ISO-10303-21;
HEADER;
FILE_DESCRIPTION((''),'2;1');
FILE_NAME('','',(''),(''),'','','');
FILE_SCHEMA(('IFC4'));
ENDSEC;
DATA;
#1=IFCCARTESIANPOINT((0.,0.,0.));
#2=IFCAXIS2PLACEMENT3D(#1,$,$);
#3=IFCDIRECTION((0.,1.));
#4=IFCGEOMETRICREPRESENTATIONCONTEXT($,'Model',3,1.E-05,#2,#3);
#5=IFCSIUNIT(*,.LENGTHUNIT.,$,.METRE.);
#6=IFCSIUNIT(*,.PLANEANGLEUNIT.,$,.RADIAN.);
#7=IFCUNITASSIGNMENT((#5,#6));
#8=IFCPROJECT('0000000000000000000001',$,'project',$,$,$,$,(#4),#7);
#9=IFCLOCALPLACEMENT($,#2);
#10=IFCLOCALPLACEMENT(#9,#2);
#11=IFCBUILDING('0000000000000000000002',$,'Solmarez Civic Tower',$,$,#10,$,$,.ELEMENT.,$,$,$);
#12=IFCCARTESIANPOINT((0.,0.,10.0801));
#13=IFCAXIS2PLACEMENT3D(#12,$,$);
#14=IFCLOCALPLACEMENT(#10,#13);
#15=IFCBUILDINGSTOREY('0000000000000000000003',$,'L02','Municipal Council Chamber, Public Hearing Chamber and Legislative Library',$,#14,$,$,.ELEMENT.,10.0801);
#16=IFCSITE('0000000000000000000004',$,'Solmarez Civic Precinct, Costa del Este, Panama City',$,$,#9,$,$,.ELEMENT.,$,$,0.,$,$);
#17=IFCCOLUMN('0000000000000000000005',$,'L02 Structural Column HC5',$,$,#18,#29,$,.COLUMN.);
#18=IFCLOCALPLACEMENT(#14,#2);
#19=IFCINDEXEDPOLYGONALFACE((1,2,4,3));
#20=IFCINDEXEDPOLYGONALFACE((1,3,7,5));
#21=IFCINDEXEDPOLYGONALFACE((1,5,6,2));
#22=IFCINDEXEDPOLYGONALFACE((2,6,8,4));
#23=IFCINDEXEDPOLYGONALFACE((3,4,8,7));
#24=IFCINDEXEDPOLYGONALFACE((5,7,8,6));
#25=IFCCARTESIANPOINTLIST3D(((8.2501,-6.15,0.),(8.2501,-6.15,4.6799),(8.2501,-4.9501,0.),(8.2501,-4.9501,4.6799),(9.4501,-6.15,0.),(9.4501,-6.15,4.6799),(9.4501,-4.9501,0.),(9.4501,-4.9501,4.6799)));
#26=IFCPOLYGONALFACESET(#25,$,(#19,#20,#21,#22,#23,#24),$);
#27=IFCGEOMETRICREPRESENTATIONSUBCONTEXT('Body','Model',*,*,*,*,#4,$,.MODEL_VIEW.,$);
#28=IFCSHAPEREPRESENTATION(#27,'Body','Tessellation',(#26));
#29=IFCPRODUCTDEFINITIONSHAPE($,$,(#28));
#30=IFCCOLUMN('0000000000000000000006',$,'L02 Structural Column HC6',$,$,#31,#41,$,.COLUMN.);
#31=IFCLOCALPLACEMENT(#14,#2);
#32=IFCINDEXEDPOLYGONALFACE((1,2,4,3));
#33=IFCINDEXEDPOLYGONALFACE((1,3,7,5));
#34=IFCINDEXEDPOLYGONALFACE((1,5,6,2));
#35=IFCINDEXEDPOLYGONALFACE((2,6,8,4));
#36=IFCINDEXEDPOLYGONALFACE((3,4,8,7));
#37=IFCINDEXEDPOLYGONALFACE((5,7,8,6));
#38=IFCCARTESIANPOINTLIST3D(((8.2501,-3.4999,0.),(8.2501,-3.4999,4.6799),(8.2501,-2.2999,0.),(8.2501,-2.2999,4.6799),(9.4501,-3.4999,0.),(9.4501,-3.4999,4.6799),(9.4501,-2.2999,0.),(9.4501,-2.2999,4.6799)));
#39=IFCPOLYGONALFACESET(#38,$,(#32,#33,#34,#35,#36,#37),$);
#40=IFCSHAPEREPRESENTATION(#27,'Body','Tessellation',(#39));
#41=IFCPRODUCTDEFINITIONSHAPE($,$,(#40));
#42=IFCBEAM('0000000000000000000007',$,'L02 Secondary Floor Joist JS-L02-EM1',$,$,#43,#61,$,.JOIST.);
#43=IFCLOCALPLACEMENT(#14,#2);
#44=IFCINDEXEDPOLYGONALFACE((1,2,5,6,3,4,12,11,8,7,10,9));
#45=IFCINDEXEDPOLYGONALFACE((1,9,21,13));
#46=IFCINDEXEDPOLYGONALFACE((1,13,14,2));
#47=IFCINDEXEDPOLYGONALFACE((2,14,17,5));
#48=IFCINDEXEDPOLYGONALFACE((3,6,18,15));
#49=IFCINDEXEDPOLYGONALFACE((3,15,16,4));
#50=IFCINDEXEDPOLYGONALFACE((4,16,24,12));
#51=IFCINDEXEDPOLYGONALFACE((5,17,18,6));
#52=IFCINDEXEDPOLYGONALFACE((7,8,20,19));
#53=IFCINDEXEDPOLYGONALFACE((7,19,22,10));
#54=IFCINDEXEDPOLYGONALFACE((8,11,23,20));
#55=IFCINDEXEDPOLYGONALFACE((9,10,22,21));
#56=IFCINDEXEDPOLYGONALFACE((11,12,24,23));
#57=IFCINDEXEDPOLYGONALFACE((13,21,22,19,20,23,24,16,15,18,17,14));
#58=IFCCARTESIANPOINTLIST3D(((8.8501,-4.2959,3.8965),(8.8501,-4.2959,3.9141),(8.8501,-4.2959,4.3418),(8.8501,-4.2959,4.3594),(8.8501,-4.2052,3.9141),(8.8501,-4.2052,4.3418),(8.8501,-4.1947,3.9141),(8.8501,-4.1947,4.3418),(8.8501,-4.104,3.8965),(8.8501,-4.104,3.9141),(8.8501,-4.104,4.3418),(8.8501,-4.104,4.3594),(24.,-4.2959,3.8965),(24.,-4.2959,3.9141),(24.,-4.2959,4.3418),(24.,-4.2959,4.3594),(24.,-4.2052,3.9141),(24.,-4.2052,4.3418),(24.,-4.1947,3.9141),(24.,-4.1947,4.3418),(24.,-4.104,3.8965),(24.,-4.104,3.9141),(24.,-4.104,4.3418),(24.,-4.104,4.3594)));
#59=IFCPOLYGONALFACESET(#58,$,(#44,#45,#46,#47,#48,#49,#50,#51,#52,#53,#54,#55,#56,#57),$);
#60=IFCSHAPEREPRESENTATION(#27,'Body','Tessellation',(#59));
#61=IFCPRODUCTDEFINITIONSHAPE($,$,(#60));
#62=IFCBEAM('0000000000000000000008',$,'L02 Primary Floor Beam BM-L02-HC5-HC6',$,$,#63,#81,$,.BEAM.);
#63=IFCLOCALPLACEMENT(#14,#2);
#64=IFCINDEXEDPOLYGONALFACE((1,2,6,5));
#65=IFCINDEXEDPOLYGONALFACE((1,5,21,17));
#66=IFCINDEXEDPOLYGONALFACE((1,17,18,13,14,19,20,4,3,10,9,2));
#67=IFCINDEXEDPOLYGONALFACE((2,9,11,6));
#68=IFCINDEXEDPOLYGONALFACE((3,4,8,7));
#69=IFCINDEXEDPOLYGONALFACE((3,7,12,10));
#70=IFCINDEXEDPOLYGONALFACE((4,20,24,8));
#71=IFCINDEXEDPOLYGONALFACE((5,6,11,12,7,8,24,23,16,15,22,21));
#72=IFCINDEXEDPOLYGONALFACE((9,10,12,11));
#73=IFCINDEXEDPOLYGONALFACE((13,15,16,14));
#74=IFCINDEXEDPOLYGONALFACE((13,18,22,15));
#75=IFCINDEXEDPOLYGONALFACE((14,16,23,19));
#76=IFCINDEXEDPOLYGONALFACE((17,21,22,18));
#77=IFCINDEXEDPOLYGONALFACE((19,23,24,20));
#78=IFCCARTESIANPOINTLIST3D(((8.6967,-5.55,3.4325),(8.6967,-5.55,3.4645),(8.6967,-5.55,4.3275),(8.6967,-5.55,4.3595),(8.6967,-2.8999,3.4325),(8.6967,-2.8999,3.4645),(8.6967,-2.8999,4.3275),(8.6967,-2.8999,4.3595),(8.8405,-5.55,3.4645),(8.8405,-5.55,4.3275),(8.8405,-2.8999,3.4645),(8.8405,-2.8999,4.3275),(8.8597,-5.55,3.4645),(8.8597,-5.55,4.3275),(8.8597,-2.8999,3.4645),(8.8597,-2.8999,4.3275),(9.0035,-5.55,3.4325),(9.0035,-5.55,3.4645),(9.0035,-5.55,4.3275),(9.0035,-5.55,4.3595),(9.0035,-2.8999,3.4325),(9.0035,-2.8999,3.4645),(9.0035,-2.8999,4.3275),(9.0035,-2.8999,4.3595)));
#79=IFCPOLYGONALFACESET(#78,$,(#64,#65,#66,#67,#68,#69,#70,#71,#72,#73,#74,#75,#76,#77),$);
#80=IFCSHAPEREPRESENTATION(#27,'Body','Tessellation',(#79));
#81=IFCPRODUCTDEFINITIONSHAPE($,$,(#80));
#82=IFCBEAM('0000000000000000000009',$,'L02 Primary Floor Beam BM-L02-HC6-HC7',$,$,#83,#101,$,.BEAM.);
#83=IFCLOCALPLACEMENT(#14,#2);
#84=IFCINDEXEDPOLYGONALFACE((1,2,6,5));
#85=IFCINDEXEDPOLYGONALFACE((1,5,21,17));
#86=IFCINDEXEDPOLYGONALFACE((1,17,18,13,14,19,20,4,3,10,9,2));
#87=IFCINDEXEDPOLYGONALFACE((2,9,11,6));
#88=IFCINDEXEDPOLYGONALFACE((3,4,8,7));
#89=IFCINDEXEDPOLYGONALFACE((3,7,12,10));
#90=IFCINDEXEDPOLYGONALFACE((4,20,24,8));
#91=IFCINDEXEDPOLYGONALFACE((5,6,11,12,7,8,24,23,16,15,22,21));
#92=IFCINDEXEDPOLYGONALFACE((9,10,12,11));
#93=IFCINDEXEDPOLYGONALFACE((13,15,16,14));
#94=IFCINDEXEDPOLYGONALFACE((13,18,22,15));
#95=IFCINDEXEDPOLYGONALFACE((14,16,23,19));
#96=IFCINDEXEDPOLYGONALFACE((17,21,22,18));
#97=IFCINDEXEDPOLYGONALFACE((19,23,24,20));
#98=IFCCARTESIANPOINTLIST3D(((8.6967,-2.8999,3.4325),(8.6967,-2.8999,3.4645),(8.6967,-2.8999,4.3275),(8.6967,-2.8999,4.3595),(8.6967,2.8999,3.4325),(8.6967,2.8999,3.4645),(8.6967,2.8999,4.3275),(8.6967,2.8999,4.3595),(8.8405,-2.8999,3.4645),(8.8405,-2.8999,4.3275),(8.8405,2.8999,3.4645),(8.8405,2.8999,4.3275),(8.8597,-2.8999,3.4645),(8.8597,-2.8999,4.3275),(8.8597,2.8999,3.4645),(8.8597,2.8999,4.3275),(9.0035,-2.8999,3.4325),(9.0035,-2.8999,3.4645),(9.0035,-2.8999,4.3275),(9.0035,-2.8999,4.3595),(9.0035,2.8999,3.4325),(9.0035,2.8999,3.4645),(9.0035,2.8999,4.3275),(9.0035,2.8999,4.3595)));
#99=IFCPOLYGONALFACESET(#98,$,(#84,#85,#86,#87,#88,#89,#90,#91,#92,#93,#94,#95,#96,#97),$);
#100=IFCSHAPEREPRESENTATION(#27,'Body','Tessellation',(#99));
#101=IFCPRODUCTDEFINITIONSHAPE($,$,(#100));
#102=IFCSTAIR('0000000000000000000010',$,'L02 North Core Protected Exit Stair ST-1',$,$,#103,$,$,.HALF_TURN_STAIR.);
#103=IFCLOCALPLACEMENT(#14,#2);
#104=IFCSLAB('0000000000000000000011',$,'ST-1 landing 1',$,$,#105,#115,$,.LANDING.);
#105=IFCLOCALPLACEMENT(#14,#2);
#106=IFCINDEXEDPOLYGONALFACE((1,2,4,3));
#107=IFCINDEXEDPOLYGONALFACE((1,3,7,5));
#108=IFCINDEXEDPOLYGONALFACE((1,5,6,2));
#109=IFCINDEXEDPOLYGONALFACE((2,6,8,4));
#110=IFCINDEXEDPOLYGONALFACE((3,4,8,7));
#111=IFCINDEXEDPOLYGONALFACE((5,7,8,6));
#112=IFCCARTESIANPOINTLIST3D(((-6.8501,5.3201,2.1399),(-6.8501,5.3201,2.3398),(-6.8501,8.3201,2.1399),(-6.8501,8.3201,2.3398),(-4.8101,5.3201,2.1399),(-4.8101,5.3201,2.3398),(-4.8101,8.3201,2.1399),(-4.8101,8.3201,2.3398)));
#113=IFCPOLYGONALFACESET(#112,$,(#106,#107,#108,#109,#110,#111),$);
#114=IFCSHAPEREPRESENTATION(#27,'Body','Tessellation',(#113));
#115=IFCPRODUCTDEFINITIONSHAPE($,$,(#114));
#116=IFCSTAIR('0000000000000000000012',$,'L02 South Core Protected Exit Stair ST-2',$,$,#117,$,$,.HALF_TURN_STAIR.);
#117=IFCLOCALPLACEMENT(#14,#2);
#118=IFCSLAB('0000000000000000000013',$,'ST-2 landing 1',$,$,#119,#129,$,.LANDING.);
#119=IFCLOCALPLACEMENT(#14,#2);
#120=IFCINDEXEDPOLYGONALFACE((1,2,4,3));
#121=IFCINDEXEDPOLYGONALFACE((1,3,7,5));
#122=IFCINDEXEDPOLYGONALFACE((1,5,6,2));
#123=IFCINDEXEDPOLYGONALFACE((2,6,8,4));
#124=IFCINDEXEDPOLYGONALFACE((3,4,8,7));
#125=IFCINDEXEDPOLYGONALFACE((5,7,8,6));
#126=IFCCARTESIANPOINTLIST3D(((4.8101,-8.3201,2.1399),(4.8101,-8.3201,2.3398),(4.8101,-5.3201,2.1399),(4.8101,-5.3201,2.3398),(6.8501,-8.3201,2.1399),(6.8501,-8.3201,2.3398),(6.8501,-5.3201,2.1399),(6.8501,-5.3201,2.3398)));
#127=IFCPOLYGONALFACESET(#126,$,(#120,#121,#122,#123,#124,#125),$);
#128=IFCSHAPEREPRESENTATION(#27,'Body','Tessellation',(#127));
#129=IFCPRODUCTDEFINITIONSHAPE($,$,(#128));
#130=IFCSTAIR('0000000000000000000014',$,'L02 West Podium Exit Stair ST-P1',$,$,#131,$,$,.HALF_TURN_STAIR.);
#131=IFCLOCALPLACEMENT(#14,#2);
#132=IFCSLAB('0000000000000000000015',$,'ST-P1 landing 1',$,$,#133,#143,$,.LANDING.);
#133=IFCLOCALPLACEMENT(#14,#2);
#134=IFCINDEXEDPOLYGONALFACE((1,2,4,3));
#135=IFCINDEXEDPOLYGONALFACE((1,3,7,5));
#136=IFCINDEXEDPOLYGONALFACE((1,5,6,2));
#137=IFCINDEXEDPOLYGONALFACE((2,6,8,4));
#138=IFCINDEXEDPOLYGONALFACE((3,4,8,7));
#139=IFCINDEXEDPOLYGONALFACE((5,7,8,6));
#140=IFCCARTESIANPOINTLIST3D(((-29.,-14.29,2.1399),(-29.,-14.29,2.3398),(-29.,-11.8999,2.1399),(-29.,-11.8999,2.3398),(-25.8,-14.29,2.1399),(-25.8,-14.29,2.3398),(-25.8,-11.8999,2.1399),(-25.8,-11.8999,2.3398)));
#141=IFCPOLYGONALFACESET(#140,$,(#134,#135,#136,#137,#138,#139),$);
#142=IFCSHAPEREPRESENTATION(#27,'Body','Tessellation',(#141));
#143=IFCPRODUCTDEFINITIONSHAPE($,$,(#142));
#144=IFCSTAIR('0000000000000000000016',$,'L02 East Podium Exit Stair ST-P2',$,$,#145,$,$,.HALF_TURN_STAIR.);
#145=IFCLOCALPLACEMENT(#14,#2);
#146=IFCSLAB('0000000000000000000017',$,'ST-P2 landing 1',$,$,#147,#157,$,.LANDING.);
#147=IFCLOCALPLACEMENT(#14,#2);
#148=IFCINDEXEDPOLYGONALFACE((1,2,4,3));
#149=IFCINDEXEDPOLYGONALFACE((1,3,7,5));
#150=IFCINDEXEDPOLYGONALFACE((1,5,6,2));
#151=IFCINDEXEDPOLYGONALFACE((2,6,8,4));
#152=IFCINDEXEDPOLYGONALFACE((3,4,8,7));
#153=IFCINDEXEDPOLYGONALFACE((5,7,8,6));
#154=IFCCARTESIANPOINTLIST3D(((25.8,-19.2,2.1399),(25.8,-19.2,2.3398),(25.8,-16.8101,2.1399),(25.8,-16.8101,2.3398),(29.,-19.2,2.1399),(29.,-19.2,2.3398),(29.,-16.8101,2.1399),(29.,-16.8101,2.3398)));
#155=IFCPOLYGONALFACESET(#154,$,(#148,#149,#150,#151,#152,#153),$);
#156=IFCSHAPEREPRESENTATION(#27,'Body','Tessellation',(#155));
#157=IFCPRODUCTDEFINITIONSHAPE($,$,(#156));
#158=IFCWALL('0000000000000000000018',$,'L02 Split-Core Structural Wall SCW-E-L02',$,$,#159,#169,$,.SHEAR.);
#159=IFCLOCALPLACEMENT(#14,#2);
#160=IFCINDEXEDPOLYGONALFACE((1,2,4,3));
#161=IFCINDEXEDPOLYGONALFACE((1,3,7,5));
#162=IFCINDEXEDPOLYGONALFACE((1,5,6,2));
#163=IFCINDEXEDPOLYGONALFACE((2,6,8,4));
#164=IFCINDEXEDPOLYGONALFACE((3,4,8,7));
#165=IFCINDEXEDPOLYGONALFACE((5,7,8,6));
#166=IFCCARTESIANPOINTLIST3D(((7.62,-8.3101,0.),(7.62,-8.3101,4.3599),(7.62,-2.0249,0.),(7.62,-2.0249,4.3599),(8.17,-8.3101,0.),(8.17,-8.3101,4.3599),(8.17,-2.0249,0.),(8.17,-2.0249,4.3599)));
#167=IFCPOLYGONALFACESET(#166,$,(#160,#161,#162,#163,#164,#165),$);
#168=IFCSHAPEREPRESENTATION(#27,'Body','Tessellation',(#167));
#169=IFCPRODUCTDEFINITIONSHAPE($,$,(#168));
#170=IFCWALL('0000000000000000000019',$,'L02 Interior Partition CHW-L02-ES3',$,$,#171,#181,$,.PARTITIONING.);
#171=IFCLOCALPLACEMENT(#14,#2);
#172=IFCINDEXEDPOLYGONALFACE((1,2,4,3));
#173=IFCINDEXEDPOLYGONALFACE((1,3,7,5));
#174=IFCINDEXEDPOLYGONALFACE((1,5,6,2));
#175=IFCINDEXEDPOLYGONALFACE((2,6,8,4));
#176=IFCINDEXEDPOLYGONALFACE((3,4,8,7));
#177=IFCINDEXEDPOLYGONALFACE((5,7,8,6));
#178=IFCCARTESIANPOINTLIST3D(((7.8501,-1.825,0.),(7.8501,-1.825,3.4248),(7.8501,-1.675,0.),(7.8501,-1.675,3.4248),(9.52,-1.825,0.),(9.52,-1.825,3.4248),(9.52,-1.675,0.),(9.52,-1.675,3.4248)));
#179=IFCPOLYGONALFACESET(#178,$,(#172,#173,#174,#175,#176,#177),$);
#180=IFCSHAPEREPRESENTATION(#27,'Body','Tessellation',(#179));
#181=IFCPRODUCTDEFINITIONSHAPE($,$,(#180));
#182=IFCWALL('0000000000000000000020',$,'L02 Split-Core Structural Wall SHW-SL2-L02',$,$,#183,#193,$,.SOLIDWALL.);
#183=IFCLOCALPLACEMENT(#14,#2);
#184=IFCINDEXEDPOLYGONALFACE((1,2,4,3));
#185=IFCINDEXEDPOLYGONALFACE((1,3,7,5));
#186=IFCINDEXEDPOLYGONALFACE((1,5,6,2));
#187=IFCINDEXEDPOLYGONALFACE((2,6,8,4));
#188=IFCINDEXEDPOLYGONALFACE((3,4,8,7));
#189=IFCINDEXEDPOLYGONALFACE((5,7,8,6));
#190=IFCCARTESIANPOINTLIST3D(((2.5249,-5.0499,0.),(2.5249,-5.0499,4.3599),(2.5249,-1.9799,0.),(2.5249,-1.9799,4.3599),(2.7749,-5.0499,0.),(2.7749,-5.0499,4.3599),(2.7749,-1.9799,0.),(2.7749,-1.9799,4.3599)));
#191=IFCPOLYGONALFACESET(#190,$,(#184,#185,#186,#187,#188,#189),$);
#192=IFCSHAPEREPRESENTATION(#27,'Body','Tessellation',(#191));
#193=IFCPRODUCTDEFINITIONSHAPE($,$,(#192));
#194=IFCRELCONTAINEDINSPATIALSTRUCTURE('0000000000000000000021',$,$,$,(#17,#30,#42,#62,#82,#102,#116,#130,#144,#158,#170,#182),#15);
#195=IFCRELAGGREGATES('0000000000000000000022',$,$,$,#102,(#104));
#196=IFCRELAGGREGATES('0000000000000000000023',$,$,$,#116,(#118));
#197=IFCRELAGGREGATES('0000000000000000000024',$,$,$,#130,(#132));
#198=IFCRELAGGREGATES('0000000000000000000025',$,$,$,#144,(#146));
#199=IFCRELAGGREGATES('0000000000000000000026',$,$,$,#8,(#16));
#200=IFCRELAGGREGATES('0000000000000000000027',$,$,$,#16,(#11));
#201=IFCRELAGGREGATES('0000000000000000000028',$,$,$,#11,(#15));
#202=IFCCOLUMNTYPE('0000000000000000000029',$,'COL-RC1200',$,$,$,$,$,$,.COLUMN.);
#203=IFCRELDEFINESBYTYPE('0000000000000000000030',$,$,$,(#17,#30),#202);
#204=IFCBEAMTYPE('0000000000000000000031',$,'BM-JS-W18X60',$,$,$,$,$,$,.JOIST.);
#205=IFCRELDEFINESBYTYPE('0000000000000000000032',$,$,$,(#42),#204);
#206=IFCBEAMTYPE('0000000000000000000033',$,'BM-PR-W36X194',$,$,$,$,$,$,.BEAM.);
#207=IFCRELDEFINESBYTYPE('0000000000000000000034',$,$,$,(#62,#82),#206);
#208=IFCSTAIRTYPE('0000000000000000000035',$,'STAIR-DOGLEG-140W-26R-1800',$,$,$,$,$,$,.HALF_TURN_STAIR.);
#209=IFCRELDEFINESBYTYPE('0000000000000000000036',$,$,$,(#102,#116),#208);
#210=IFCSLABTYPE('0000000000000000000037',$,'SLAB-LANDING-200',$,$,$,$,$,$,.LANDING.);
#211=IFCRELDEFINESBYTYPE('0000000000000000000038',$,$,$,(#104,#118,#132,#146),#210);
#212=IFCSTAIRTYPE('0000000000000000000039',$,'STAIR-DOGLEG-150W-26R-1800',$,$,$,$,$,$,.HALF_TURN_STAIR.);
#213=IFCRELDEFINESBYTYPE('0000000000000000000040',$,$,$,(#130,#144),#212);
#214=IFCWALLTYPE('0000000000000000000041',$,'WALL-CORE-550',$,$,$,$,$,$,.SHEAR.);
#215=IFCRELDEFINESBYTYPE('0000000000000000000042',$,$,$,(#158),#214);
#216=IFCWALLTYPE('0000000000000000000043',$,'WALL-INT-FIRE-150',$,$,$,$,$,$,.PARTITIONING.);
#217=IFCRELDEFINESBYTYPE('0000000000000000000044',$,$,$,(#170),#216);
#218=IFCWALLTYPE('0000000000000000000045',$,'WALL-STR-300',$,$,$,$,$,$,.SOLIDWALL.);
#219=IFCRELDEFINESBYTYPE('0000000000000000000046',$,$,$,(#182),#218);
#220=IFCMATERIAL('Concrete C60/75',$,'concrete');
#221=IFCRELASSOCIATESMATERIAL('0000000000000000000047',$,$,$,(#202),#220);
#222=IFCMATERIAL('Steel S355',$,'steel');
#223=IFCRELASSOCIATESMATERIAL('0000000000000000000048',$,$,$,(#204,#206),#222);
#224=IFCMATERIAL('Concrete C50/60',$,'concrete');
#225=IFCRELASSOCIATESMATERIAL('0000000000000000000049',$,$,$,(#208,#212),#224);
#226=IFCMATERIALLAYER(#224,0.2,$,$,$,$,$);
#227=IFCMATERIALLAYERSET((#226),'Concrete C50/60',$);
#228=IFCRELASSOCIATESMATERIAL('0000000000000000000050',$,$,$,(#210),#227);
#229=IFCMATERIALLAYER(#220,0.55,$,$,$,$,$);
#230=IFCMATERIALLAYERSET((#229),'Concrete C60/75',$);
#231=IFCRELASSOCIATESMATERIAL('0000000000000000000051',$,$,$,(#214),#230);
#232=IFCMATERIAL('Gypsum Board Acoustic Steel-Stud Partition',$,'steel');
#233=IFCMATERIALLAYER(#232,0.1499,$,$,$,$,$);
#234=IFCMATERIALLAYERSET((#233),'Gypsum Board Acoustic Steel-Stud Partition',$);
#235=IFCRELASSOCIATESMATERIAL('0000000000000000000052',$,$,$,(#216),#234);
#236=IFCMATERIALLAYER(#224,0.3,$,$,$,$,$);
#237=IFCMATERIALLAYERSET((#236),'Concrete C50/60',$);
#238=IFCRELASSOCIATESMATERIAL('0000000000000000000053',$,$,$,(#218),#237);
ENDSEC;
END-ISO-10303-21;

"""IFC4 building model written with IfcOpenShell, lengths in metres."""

from ifc_helpers import new_model, si_unit, direction, frame, frame_2d, origin, origin_2d, place, context, subcontext, project, spatial, polyline, rectangle, i_section, outline, extrude, material, layer, layer_set, material_profile, profile_set, type_object, element, aggregate, save


model = new_model("IFC4")

# Units and contexts
model_context = context("Model", 3, precision=1e-05, world=origin(), true_north=direction((0.0, 1.0)))
body_context = subcontext(model_context, "Body", "Model", "MODEL_VIEW")
ifc_project = project(units=[si_unit("LENGTHUNIT", "METRE"), si_unit("PLANEANGLEUNIT", "RADIAN")], contexts=[model_context])

# Site, building, storey
site_placement = place(None, origin())
site = spatial("IfcSite", under=ifc_project, at=site_placement, Name="Solmarez Civic Precinct, Costa del Este, Panama City", CompositionType="ELEMENT", RefElevation=0.0)
building_placement = place(site_placement, origin())
building = spatial("IfcBuilding", under=site, at=building_placement, Name="Solmarez Civic Tower", CompositionType="ELEMENT")
storey_placement = place(building_placement, frame((0.0, 0.0, 10.0801)))
storey = spatial("IfcBuildingStorey", under=building, at=storey_placement, Name="L02", Description="Municipal Council Chamber, Public Hearing Chamber and Legislative Library", CompositionType="ELEMENT", Elevation=10.0801)

# Columns
ifc_material_1 = material(Name="Concrete C60/75", Category="concrete")
ifc_material_profile_1 = material_profile(ifc_material_1, rectangle(XDim=1.2, YDim=1.2, at=origin_2d()), Name="RC1200X1200")
ifc_profile_set_1 = profile_set([ifc_material_profile_1], Name="Concrete C60/75")
column_type = type_object("IfcColumnType", Name="COL-RC1200", PredefinedType="COLUMN", material=ifc_profile_set_1)
for number, where, z_axis, x_axis, name in (
    (1, (8.8501, -5.55, 0.0), (0.0, 0.0, 1.0), (1.0, 0.0, 0.0), "L02 Structural Column HC5"),
    (2, (8.8501, -2.8999, 0.0), (0.0, 0.0, 1.0), (1.0, 0.0, 0.0), "L02 Structural Column HC6"),
):
    element("IfcColumn", number, at=place(storey_placement, frame(where, z_axis=z_axis, x_axis=x_axis)), inside=storey, type_object=column_type, Name=name, PredefinedType="COLUMN", context=body_context, shape_type="SweptSolid", body=[
        extrude(rectangle(XDim=1.2, YDim=1.2, at=origin_2d()), origin(), (0.0, 0.0, 1.0), 4.6799),
    ])

# Beams
ifc_material_2 = material(Name="Steel S355", Category="steel")
ifc_material_profile_2 = material_profile(ifc_material_2, i_section(OverallWidth=0.1919, OverallDepth=0.4629, WebThickness=0.0105, FlangeThickness=0.0176, at=origin_2d()), Name="W18X60")
ifc_profile_set_2 = profile_set([ifc_material_profile_2], Name="Steel S355")
beam_type_1 = type_object("IfcBeamType", Name="BM-JS-W18X60", PredefinedType="JOIST", material=ifc_profile_set_2)
beam_1_placement = place(storey_placement, frame((8.8501, -4.2, 4.1279), z_axis=(1.0, 0.0, 0.0), x_axis=(0.0, 1.0, 0.0)))
element("IfcBeam", 3, at=beam_1_placement, inside=storey, type_object=beam_type_1, Name="L02 Secondary Floor Joist JS-L02-EM1", PredefinedType="JOIST", context=body_context, shape_type="SweptSolid", body=[
    extrude(i_section(OverallWidth=0.1919, OverallDepth=0.4629, WebThickness=0.0105, FlangeThickness=0.0176, at=origin_2d()), origin(), (0.0, 0.0, 1.0), 15.1499),
])
ifc_material_profile_3 = material_profile(ifc_material_2, i_section(OverallWidth=0.3069, OverallDepth=0.927, WebThickness=0.0193, FlangeThickness=0.032, at=origin_2d()), Name="W36X194")
ifc_profile_set_3 = profile_set([ifc_material_profile_3], Name="Steel S355")
beam_type_2 = type_object("IfcBeamType", Name="BM-PR-W36X194", PredefinedType="BEAM", material=ifc_profile_set_3)
beam_2_placement = place(storey_placement, frame((8.8501, -5.55, 3.896), z_axis=(0.0, 1.0, 0.0), x_axis=(-1.0, 0.0, 0.0)))
element("IfcBeam", 4, at=beam_2_placement, inside=storey, type_object=beam_type_2, Name="L02 Primary Floor Beam BM-L02-HC5-HC6", PredefinedType="BEAM", context=body_context, shape_type="SweptSolid", body=[
    extrude(i_section(OverallWidth=0.3069, OverallDepth=0.927, WebThickness=0.0193, FlangeThickness=0.032, at=origin_2d()), origin(), (0.0, 0.0, 1.0), 2.6501),
])
beam_3_placement = place(storey_placement, frame((8.8501, -2.8999, 3.896), z_axis=(0.0, 1.0, 0.0), x_axis=(-1.0, 0.0, 0.0)))
element("IfcBeam", 5, at=beam_3_placement, inside=storey, type_object=beam_type_2, Name="L02 Primary Floor Beam BM-L02-HC6-HC7", PredefinedType="BEAM", context=body_context, shape_type="SweptSolid", body=[
    extrude(i_section(OverallWidth=0.3069, OverallDepth=0.927, WebThickness=0.0193, FlangeThickness=0.032, at=origin_2d()), origin(), (0.0, 0.0, 1.0), 5.7998),
])

# Stairs, slabs
ifc_material_3 = material(Name="Concrete C50/60", Category="concrete")
stair_type_1 = type_object("IfcStairType", Name="STAIR-DOGLEG-140W-26R-1800", PredefinedType="HALF_TURN_STAIR", material=ifc_material_3)
stair_1_placement = place(storey_placement, origin())
stair_1 = element("IfcStair", 6, at=stair_1_placement, inside=storey, type_object=stair_type_1, Name="L02 North Core Protected Exit Stair ST-1", PredefinedType="HALF_TURN_STAIR")
ifc_layer_1 = layer(ifc_material_3, 0.2)
ifc_layer_set_1 = layer_set([ifc_layer_1], Name="Concrete C50/60")
slab_type = type_object("IfcSlabType", Name="SLAB-LANDING-200", PredefinedType="LANDING", material=ifc_layer_set_1)
slab_1_placement = place(storey_placement, frame((0.0, 0.0, 2.1399)))
slab_1 = element("IfcSlab", 7, at=slab_1_placement, type_object=slab_type, Name="ST-1 landing 1", PredefinedType="LANDING", context=body_context, shape_type="SweptSolid", body=[
    extrude(outline(polyline([(-4.8101, 8.3201), (-6.8501, 8.3201), (-6.8501, 5.3201), (-4.8101, 5.3201), (-4.8101, 8.3201)])), origin(), (0.0, 0.0, 1.0), 0.2),
])
aggregate(stair_1, [slab_1])
stair_2_placement = place(storey_placement, origin())
stair_2 = element("IfcStair", 8, at=stair_2_placement, inside=storey, type_object=stair_type_1, Name="L02 South Core Protected Exit Stair ST-2", PredefinedType="HALF_TURN_STAIR")
slab_2_placement = place(storey_placement, frame((0.0, 0.0, 2.1399)))
slab_2 = element("IfcSlab", 9, at=slab_2_placement, type_object=slab_type, Name="ST-2 landing 1", PredefinedType="LANDING", context=body_context, shape_type="SweptSolid", body=[
    extrude(outline(polyline([(4.8101, -8.3201), (6.8501, -8.3201), (6.8501, -5.3201), (4.8101, -5.3201), (4.8101, -8.3201)])), origin(), (0.0, 0.0, 1.0), 0.2),
])
aggregate(stair_2, [slab_2])
stair_type_2 = type_object("IfcStairType", Name="STAIR-DOGLEG-150W-26R-1800", PredefinedType="HALF_TURN_STAIR", material=ifc_material_3)
stair_3_placement = place(storey_placement, origin())
stair_3 = element("IfcStair", 10, at=stair_3_placement, inside=storey, type_object=stair_type_2, Name="L02 West Podium Exit Stair ST-P1", PredefinedType="HALF_TURN_STAIR")
slab_3_placement = place(storey_placement, frame((0.0, 0.0, 2.1399)))
slab_3 = element("IfcSlab", 11, at=slab_3_placement, type_object=slab_type, Name="ST-P1 landing 1", PredefinedType="LANDING", context=body_context, shape_type="SweptSolid", body=[
    extrude(outline(polyline([(-25.8, -14.29), (-25.8, -11.8999), (-29.0, -11.8999), (-29.0, -14.29), (-25.8, -14.29)])), origin(), (0.0, 0.0, 1.0), 0.2),
])
aggregate(stair_3, [slab_3])
stair_4_placement = place(storey_placement, origin())
stair_4 = element("IfcStair", 12, at=stair_4_placement, inside=storey, type_object=stair_type_2, Name="L02 East Podium Exit Stair ST-P2", PredefinedType="HALF_TURN_STAIR")
slab_4_placement = place(storey_placement, frame((0.0, 0.0, 2.1399)))
slab_4 = element("IfcSlab", 13, at=slab_4_placement, type_object=slab_type, Name="ST-P2 landing 1", PredefinedType="LANDING", context=body_context, shape_type="SweptSolid", body=[
    extrude(outline(polyline([(25.8, -16.8101), (25.8, -19.2), (29.0, -19.2), (29.0, -16.8101), (25.8, -16.8101)])), origin(), (0.0, 0.0, 1.0), 0.2),
])
aggregate(stair_4, [slab_4])

# Walls
ifc_layer_2 = layer(ifc_material_1, 0.55)
ifc_layer_set_2 = layer_set([ifc_layer_2], Name="Concrete C60/75")
wall_type_1 = type_object("IfcWallType", Name="WALL-CORE-550", PredefinedType="SHEAR", material=ifc_layer_set_2)
wall_1_placement = place(storey_placement, frame((7.895, -2.0249, 0.0), z_axis=(0.0, 0.0, 1.0), x_axis=(0.0, -1.0, 0.0)))
element("IfcWall", 14, at=wall_1_placement, inside=storey, type_object=wall_type_1, Name="L02 Split-Core Structural Wall SCW-E-L02", PredefinedType="SHEAR", context=body_context, shape_type="SweptSolid", body=[
    extrude(rectangle(XDim=6.2852, YDim=0.55, at=frame_2d((3.1426, 0.0))), origin(), (0.0, 0.0, 1.0), 4.3599),
])
ifc_material_4 = material(Name="Gypsum Board Acoustic Steel-Stud Partition", Category="steel")
ifc_layer_3 = layer(ifc_material_4, 0.1499)
ifc_layer_set_3 = layer_set([ifc_layer_3], Name="Gypsum Board Acoustic Steel-Stud Partition")
wall_type_2 = type_object("IfcWallType", Name="WALL-INT-FIRE-150", PredefinedType="PARTITIONING", material=ifc_layer_set_3)
wall_2_placement = place(storey_placement, frame((7.8501, -1.75, 0.0), z_axis=(0.0, 0.0, 1.0), x_axis=(1.0, 0.0, 0.0)))
element("IfcWall", 15, at=wall_2_placement, inside=storey, type_object=wall_type_2, Name="L02 Interior Partition CHW-L02-ES3", PredefinedType="PARTITIONING", context=body_context, shape_type="SweptSolid", body=[
    extrude(rectangle(XDim=1.6699, YDim=0.1499, at=frame_2d((0.835, 0.0))), origin(), (0.0, 0.0, 1.0), 3.4248),
])
ifc_layer_4 = layer(ifc_material_3, 0.3)
ifc_layer_set_4 = layer_set([ifc_layer_4], Name="Concrete C50/60")
wall_type_3 = type_object("IfcWallType", Name="WALL-STR-300", PredefinedType="SOLIDWALL", material=ifc_layer_set_4)
wall_3_placement = place(storey_placement, frame((2.6499, -5.05, 0.0), z_axis=(0.0, 0.0, 1.0), x_axis=(0.0, 1.0, 0.0)))
element("IfcWall", 16, at=wall_3_placement, inside=storey, type_object=wall_type_3, Name="L02 Split-Core Structural Wall SHW-SL2-L02", PredefinedType="SOLIDWALL", context=body_context, shape_type="SweptSolid", body=[
    extrude(rectangle(XDim=3.0701, YDim=0.25, at=frame_2d((1.5352, 0.0))), origin(), (0.0, 0.0, 1.0), 4.3599),
])

save(model, "model.ifc")
